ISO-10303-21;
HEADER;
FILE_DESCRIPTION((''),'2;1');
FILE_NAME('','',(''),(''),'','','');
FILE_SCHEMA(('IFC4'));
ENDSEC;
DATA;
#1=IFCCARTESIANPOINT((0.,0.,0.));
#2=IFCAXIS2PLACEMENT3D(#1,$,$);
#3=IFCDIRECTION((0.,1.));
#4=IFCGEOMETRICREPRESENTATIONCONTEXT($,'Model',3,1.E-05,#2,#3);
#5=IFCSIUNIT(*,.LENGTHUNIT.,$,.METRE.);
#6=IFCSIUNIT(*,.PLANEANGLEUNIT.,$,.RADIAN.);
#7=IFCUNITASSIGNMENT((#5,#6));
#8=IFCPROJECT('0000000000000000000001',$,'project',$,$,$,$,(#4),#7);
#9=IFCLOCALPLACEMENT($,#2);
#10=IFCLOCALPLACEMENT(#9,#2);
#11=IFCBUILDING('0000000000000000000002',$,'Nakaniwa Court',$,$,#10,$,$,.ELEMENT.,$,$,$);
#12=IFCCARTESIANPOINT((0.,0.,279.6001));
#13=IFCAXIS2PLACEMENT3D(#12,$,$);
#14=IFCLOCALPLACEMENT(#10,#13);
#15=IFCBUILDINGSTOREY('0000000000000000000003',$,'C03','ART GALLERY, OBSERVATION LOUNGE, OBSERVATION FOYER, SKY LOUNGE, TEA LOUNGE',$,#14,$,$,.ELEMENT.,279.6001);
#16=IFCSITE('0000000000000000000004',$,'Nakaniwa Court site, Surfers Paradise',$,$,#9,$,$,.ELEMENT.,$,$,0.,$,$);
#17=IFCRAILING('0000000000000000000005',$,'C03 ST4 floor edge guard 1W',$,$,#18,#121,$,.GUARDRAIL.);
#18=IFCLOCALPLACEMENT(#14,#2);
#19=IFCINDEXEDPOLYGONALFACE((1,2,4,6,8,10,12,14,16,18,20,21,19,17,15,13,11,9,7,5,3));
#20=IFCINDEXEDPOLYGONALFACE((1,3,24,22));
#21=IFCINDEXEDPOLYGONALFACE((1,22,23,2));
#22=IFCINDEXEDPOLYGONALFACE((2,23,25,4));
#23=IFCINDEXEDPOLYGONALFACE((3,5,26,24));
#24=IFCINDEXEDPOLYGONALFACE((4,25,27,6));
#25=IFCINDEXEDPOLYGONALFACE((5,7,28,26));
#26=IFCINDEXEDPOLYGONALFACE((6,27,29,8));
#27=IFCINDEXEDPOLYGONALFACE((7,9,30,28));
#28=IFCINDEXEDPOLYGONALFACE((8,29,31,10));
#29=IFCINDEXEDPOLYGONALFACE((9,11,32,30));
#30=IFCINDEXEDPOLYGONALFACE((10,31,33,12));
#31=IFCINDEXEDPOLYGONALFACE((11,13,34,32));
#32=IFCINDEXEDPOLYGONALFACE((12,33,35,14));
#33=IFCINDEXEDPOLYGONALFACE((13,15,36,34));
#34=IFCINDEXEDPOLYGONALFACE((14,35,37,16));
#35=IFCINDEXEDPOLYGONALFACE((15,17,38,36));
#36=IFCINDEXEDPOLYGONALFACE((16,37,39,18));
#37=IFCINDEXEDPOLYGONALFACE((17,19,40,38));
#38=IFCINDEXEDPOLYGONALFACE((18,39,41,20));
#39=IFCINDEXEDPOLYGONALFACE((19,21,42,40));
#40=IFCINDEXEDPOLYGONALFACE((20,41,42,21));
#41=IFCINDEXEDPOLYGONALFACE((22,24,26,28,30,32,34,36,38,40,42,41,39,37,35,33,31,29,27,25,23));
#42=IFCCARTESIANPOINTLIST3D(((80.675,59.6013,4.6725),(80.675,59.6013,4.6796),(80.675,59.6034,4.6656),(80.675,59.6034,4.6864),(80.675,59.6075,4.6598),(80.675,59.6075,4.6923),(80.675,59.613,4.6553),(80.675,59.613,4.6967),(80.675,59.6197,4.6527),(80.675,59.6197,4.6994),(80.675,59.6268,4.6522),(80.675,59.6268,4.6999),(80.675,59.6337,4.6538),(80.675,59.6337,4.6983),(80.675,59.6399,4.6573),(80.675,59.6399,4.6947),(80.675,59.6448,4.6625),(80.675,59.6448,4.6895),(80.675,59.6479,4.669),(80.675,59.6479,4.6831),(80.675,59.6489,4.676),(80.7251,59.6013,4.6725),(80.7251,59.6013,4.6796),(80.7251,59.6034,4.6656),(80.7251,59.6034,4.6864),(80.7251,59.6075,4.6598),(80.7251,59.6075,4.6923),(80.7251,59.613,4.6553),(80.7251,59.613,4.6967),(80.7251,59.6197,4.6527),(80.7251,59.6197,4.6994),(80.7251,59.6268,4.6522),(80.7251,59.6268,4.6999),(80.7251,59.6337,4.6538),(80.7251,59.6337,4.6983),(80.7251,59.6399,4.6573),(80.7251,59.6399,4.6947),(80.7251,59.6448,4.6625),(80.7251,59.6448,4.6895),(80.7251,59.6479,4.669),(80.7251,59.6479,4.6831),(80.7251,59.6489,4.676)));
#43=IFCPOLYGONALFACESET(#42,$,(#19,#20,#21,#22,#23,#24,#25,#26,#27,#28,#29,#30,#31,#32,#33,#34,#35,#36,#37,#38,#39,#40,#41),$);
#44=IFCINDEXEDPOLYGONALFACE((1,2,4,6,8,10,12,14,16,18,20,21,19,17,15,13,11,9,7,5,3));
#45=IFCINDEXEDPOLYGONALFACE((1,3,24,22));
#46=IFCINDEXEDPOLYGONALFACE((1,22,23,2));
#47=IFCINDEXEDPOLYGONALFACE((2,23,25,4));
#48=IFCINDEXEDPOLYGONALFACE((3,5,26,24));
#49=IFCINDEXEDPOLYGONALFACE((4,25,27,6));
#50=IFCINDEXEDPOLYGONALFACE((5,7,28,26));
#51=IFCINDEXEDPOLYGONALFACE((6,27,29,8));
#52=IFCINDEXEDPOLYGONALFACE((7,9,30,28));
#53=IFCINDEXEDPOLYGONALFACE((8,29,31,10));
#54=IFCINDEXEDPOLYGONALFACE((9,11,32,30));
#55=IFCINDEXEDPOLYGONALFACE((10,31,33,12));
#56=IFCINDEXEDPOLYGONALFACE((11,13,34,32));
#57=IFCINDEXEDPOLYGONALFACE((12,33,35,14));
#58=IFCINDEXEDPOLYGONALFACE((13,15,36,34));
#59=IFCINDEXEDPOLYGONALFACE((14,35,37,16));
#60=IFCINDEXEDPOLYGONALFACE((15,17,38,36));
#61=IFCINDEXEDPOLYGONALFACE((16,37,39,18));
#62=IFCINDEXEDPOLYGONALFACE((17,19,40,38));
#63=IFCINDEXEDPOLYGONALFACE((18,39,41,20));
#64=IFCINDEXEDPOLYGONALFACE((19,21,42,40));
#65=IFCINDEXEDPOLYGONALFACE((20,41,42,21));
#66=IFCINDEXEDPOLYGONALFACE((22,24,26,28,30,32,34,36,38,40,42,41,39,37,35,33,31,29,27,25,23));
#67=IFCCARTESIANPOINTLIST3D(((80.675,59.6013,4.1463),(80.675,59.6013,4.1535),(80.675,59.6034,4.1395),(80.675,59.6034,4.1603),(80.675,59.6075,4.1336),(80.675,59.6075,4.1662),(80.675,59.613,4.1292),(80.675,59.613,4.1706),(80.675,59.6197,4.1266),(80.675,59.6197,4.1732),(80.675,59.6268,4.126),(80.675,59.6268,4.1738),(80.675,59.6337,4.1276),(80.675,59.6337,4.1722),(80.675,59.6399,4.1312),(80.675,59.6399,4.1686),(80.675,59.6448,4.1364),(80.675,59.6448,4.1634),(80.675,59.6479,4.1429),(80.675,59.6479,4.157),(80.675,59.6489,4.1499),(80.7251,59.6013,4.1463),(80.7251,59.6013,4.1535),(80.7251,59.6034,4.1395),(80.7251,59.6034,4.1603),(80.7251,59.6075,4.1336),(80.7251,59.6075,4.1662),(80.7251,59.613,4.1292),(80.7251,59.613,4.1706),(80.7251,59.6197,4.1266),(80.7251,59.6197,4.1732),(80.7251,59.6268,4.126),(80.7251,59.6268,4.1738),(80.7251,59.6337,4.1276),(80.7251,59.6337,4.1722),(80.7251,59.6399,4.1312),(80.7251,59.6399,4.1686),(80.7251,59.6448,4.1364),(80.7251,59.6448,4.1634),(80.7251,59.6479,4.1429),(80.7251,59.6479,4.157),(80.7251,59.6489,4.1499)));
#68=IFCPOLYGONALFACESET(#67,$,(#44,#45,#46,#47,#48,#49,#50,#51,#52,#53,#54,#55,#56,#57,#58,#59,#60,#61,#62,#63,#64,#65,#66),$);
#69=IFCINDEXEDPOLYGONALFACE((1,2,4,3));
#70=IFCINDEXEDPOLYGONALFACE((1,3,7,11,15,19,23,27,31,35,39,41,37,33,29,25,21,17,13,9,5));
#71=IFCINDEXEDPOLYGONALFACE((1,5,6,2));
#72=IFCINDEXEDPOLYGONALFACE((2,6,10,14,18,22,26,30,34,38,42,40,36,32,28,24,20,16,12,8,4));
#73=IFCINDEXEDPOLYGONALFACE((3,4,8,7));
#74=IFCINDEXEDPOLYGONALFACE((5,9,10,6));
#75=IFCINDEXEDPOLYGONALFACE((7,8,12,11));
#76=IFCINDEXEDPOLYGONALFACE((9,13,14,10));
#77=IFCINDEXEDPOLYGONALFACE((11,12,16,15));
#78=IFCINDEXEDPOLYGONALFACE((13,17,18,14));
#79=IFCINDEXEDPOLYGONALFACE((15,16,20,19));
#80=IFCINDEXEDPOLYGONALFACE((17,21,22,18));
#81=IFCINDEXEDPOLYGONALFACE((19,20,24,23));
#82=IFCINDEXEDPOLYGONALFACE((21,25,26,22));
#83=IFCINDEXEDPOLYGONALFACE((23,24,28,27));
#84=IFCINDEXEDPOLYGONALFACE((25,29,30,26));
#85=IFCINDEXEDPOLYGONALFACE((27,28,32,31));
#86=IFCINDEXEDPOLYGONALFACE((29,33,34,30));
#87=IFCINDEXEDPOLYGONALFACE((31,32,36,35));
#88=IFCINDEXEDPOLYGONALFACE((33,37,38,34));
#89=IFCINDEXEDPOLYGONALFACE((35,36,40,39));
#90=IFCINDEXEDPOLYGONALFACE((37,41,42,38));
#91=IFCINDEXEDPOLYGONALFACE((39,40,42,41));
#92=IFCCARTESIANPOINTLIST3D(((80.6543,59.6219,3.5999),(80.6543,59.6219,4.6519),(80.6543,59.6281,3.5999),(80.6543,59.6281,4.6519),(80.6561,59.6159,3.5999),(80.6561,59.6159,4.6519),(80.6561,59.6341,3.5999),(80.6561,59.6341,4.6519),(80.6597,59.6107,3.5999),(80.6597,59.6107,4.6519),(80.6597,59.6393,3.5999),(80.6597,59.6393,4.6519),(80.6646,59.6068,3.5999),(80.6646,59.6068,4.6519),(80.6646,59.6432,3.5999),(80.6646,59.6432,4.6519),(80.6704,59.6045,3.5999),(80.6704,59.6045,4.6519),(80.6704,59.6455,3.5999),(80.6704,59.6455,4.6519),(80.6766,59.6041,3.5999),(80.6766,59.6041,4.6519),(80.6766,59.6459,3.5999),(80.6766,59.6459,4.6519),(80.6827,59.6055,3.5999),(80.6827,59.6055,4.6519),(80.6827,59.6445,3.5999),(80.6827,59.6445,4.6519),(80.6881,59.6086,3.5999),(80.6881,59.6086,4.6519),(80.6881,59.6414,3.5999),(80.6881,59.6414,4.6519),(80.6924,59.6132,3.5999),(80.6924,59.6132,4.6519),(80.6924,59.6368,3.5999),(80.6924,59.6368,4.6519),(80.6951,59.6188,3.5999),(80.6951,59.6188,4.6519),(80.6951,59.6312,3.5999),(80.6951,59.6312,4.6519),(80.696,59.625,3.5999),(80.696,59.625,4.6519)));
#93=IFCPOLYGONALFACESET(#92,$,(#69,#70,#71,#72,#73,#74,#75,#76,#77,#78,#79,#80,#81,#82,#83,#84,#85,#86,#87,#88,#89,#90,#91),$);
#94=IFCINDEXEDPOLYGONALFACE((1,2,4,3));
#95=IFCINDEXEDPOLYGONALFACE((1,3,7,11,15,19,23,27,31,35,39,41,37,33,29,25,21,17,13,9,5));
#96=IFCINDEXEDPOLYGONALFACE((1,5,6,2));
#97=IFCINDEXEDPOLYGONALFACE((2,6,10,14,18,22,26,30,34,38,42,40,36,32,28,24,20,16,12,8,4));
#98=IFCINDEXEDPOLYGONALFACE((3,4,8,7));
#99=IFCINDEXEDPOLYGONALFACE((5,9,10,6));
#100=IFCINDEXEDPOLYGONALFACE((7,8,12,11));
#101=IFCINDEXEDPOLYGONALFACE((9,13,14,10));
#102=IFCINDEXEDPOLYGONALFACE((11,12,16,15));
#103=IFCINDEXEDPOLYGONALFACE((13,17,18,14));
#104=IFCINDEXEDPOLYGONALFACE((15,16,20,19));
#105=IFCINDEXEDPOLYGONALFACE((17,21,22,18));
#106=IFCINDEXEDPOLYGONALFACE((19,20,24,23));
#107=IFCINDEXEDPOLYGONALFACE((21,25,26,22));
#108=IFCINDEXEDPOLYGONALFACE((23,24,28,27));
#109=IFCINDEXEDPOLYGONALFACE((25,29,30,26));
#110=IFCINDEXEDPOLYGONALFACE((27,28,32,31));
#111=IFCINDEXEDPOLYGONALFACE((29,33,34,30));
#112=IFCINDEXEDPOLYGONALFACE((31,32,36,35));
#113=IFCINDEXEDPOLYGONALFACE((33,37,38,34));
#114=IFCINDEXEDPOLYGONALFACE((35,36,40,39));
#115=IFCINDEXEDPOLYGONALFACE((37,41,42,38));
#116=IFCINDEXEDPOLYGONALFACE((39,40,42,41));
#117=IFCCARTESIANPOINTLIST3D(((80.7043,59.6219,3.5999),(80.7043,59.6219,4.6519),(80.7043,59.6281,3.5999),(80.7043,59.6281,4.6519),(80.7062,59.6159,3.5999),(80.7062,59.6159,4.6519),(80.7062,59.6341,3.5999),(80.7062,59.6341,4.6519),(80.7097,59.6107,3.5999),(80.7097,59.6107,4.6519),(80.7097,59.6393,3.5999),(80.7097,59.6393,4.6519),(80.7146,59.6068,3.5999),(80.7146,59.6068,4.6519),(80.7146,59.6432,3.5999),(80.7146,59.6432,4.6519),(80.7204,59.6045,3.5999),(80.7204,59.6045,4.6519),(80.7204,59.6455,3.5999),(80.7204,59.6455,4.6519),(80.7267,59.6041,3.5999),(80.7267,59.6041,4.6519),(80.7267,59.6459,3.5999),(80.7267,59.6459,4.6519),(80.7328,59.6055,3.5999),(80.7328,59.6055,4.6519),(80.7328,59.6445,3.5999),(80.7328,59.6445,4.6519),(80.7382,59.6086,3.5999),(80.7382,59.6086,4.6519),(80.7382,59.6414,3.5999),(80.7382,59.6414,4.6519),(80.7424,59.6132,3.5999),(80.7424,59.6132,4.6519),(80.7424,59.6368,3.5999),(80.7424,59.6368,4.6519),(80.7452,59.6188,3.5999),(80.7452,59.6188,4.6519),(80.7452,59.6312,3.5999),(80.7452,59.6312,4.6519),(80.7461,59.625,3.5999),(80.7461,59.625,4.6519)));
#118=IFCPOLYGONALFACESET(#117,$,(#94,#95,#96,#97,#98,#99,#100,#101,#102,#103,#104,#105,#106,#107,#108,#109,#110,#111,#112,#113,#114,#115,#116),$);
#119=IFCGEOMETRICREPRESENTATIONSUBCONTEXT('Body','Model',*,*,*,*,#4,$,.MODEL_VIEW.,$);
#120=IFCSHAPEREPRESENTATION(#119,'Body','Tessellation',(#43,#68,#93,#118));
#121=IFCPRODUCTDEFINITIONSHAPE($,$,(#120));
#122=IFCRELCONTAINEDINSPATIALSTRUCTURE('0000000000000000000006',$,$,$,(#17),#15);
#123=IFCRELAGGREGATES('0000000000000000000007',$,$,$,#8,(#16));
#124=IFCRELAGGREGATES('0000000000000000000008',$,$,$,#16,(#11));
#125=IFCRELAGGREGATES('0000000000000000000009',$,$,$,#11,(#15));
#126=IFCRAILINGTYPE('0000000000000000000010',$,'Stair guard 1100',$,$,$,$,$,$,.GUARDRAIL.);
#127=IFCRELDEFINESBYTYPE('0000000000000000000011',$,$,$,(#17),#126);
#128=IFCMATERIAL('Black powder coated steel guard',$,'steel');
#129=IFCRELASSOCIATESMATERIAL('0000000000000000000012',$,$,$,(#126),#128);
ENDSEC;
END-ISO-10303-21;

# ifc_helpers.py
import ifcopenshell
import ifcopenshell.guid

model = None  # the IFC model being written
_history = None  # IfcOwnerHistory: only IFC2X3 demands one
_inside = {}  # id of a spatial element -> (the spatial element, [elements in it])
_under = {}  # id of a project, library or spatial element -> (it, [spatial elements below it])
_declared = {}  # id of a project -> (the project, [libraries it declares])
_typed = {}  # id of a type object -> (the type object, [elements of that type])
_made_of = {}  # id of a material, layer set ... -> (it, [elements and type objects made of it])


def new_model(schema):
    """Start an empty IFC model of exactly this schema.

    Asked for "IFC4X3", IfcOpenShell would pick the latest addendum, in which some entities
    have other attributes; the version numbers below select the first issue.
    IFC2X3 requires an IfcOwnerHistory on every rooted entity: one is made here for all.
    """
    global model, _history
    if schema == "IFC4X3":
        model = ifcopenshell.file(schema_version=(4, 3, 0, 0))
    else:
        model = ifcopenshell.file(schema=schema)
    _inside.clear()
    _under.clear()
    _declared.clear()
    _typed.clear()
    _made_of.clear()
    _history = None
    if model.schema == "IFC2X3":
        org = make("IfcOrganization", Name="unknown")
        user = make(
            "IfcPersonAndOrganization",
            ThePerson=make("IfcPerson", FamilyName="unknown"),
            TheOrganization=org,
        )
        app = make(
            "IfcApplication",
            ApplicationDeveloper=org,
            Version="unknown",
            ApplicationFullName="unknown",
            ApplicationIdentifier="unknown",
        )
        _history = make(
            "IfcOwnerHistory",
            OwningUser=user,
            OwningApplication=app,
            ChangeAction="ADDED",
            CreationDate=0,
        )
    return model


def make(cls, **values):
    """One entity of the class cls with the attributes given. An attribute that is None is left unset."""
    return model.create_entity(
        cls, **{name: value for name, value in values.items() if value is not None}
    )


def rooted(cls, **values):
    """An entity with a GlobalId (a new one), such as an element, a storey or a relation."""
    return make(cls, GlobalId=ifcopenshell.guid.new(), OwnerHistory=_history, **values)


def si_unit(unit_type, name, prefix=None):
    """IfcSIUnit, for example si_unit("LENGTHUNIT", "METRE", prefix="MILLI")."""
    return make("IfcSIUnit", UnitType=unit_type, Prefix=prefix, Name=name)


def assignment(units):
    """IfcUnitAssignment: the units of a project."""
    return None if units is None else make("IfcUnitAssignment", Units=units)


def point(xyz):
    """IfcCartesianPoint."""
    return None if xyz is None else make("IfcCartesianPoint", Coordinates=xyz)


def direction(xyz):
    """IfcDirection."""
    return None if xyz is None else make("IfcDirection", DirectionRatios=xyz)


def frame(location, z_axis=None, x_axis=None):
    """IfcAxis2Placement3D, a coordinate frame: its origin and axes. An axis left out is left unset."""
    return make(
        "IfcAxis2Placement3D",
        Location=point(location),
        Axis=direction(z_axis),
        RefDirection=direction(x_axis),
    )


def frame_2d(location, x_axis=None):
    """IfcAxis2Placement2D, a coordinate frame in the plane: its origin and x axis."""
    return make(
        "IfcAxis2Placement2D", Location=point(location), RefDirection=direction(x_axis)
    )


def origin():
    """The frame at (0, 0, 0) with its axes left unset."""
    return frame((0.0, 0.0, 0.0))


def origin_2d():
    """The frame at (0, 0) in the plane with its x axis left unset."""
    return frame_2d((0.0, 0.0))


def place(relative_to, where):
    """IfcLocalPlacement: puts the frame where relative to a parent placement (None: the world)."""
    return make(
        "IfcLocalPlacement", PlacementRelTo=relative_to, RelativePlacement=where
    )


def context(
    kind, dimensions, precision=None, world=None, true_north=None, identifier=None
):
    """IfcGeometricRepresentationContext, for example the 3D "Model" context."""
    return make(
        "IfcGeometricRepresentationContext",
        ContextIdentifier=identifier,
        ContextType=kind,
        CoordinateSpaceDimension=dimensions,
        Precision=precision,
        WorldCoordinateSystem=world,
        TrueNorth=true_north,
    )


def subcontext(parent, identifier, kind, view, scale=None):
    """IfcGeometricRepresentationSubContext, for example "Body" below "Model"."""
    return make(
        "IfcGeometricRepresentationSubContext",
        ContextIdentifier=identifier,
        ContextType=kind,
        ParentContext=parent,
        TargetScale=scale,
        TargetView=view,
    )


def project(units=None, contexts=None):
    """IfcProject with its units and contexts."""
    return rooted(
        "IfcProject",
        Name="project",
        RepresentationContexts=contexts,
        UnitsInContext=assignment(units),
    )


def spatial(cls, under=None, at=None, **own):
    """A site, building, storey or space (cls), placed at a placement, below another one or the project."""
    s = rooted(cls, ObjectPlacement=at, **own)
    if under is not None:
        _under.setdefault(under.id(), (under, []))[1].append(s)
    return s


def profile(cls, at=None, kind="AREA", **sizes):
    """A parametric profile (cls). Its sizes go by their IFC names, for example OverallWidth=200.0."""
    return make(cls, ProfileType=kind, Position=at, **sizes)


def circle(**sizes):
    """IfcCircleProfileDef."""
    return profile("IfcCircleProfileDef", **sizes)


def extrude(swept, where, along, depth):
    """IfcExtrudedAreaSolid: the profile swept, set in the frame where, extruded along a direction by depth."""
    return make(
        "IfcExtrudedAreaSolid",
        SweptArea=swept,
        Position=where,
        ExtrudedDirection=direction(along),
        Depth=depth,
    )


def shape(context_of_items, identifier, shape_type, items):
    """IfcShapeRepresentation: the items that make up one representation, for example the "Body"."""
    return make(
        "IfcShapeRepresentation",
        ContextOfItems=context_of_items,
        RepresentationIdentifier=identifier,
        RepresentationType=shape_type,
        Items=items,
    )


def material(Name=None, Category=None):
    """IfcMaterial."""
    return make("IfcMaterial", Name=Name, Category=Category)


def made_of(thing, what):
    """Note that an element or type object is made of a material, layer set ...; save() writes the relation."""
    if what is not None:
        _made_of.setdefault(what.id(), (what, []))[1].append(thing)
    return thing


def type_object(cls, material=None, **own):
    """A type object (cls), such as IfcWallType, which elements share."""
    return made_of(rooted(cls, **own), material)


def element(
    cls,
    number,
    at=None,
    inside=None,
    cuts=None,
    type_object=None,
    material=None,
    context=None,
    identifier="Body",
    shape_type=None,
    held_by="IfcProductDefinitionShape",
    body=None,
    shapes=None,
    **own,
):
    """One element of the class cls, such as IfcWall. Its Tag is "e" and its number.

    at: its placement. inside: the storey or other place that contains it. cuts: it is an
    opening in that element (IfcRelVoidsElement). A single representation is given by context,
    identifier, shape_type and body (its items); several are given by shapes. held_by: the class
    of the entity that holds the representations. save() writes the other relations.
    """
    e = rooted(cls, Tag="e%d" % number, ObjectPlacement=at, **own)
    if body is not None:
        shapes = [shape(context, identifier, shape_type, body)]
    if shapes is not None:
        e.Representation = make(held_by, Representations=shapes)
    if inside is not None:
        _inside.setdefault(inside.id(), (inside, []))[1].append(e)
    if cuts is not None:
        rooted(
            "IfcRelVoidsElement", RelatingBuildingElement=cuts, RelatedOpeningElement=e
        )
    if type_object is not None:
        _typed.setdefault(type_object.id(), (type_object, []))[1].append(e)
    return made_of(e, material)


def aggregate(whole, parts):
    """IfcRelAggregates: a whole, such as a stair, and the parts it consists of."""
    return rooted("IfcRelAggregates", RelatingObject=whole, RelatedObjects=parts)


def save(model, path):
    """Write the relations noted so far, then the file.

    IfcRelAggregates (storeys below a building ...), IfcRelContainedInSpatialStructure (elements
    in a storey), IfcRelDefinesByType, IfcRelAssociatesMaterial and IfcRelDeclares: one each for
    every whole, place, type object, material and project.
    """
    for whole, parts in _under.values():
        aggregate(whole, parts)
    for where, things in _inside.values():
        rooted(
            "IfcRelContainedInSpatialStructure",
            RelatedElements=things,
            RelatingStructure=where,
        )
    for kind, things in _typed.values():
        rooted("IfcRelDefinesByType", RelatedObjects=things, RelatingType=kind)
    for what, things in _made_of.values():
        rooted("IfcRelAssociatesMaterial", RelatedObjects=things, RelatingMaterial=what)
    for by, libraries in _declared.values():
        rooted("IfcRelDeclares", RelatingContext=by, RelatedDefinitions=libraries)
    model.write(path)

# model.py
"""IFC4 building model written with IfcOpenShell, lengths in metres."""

from ifc_helpers import new_model, si_unit, direction, frame, origin, origin_2d, place, context, subcontext, project, spatial, circle, extrude, material, type_object, element, save


model = new_model("IFC4")

# Units and contexts
model_context = context("Model", 3, precision=1e-05, world=origin(), true_north=direction((0.0, 1.0)))
body_context = subcontext(model_context, "Body", "Model", "MODEL_VIEW")
ifc_project = project(units=[si_unit("LENGTHUNIT", "METRE"), si_unit("PLANEANGLEUNIT", "RADIAN")], contexts=[model_context])

# Site, building, storey
site_placement = place(None, origin())
site = spatial("IfcSite", under=ifc_project, at=site_placement, Name="Nakaniwa Court site, Surfers Paradise", CompositionType="ELEMENT", RefElevation=0.0)
building_placement = place(site_placement, origin())
building = spatial("IfcBuilding", under=site, at=building_placement, Name="Nakaniwa Court", CompositionType="ELEMENT")
storey_placement = place(building_placement, frame((0.0, 0.0, 279.6001)))
storey = spatial("IfcBuildingStorey", under=building, at=storey_placement, Name="C03", Description="ART GALLERY, OBSERVATION LOUNGE, OBSERVATION FOYER, SKY LOUNGE, TEA LOUNGE", CompositionType="ELEMENT", Elevation=279.6001)

# Railing
ifc_material_1 = material(Name="Black powder coated steel guard", Category="steel")
railing_type_1 = type_object("IfcRailingType", Name="Stair guard 1100", PredefinedType="GUARDRAIL", material=ifc_material_1)
for number, where, name in (
    (1, (80.675, 59.625, 3.5999), "C03 ST4 floor edge guard 1W"),
):
    element("IfcRailing", number, at=place(storey_placement, frame(where)), inside=storey, type_object=railing_type_1, Name=name, PredefinedType="GUARDRAIL", context=body_context, shape_type="SweptSolid", body=[
        extrude(circle(Radius=0.0239, at=origin_2d()), frame((0.0, 0.0, 1.0762), z_axis=(1.0, 0.0, 0.0), x_axis=(0.0, 1.0, 0.0)), (0.0, 0.0, 1.0), 0.05),
        extrude(circle(Radius=0.0239, at=origin_2d()), frame((0.0, 0.0, 0.55), z_axis=(1.0, 0.0, 0.0), x_axis=(0.0, 1.0, 0.0)), (0.0, 0.0, 1.0), 0.05),
        extrude(circle(Radius=0.021, at=origin_2d()), origin(), (0.0, 0.0, 1.0), 1.052),
        extrude(circle(Radius=0.021, at=origin_2d()), frame((0.05, 0.0, 0.0)), (0.0, 0.0, 1.0), 1.052),
    ])

save(model, "model.ifc")
